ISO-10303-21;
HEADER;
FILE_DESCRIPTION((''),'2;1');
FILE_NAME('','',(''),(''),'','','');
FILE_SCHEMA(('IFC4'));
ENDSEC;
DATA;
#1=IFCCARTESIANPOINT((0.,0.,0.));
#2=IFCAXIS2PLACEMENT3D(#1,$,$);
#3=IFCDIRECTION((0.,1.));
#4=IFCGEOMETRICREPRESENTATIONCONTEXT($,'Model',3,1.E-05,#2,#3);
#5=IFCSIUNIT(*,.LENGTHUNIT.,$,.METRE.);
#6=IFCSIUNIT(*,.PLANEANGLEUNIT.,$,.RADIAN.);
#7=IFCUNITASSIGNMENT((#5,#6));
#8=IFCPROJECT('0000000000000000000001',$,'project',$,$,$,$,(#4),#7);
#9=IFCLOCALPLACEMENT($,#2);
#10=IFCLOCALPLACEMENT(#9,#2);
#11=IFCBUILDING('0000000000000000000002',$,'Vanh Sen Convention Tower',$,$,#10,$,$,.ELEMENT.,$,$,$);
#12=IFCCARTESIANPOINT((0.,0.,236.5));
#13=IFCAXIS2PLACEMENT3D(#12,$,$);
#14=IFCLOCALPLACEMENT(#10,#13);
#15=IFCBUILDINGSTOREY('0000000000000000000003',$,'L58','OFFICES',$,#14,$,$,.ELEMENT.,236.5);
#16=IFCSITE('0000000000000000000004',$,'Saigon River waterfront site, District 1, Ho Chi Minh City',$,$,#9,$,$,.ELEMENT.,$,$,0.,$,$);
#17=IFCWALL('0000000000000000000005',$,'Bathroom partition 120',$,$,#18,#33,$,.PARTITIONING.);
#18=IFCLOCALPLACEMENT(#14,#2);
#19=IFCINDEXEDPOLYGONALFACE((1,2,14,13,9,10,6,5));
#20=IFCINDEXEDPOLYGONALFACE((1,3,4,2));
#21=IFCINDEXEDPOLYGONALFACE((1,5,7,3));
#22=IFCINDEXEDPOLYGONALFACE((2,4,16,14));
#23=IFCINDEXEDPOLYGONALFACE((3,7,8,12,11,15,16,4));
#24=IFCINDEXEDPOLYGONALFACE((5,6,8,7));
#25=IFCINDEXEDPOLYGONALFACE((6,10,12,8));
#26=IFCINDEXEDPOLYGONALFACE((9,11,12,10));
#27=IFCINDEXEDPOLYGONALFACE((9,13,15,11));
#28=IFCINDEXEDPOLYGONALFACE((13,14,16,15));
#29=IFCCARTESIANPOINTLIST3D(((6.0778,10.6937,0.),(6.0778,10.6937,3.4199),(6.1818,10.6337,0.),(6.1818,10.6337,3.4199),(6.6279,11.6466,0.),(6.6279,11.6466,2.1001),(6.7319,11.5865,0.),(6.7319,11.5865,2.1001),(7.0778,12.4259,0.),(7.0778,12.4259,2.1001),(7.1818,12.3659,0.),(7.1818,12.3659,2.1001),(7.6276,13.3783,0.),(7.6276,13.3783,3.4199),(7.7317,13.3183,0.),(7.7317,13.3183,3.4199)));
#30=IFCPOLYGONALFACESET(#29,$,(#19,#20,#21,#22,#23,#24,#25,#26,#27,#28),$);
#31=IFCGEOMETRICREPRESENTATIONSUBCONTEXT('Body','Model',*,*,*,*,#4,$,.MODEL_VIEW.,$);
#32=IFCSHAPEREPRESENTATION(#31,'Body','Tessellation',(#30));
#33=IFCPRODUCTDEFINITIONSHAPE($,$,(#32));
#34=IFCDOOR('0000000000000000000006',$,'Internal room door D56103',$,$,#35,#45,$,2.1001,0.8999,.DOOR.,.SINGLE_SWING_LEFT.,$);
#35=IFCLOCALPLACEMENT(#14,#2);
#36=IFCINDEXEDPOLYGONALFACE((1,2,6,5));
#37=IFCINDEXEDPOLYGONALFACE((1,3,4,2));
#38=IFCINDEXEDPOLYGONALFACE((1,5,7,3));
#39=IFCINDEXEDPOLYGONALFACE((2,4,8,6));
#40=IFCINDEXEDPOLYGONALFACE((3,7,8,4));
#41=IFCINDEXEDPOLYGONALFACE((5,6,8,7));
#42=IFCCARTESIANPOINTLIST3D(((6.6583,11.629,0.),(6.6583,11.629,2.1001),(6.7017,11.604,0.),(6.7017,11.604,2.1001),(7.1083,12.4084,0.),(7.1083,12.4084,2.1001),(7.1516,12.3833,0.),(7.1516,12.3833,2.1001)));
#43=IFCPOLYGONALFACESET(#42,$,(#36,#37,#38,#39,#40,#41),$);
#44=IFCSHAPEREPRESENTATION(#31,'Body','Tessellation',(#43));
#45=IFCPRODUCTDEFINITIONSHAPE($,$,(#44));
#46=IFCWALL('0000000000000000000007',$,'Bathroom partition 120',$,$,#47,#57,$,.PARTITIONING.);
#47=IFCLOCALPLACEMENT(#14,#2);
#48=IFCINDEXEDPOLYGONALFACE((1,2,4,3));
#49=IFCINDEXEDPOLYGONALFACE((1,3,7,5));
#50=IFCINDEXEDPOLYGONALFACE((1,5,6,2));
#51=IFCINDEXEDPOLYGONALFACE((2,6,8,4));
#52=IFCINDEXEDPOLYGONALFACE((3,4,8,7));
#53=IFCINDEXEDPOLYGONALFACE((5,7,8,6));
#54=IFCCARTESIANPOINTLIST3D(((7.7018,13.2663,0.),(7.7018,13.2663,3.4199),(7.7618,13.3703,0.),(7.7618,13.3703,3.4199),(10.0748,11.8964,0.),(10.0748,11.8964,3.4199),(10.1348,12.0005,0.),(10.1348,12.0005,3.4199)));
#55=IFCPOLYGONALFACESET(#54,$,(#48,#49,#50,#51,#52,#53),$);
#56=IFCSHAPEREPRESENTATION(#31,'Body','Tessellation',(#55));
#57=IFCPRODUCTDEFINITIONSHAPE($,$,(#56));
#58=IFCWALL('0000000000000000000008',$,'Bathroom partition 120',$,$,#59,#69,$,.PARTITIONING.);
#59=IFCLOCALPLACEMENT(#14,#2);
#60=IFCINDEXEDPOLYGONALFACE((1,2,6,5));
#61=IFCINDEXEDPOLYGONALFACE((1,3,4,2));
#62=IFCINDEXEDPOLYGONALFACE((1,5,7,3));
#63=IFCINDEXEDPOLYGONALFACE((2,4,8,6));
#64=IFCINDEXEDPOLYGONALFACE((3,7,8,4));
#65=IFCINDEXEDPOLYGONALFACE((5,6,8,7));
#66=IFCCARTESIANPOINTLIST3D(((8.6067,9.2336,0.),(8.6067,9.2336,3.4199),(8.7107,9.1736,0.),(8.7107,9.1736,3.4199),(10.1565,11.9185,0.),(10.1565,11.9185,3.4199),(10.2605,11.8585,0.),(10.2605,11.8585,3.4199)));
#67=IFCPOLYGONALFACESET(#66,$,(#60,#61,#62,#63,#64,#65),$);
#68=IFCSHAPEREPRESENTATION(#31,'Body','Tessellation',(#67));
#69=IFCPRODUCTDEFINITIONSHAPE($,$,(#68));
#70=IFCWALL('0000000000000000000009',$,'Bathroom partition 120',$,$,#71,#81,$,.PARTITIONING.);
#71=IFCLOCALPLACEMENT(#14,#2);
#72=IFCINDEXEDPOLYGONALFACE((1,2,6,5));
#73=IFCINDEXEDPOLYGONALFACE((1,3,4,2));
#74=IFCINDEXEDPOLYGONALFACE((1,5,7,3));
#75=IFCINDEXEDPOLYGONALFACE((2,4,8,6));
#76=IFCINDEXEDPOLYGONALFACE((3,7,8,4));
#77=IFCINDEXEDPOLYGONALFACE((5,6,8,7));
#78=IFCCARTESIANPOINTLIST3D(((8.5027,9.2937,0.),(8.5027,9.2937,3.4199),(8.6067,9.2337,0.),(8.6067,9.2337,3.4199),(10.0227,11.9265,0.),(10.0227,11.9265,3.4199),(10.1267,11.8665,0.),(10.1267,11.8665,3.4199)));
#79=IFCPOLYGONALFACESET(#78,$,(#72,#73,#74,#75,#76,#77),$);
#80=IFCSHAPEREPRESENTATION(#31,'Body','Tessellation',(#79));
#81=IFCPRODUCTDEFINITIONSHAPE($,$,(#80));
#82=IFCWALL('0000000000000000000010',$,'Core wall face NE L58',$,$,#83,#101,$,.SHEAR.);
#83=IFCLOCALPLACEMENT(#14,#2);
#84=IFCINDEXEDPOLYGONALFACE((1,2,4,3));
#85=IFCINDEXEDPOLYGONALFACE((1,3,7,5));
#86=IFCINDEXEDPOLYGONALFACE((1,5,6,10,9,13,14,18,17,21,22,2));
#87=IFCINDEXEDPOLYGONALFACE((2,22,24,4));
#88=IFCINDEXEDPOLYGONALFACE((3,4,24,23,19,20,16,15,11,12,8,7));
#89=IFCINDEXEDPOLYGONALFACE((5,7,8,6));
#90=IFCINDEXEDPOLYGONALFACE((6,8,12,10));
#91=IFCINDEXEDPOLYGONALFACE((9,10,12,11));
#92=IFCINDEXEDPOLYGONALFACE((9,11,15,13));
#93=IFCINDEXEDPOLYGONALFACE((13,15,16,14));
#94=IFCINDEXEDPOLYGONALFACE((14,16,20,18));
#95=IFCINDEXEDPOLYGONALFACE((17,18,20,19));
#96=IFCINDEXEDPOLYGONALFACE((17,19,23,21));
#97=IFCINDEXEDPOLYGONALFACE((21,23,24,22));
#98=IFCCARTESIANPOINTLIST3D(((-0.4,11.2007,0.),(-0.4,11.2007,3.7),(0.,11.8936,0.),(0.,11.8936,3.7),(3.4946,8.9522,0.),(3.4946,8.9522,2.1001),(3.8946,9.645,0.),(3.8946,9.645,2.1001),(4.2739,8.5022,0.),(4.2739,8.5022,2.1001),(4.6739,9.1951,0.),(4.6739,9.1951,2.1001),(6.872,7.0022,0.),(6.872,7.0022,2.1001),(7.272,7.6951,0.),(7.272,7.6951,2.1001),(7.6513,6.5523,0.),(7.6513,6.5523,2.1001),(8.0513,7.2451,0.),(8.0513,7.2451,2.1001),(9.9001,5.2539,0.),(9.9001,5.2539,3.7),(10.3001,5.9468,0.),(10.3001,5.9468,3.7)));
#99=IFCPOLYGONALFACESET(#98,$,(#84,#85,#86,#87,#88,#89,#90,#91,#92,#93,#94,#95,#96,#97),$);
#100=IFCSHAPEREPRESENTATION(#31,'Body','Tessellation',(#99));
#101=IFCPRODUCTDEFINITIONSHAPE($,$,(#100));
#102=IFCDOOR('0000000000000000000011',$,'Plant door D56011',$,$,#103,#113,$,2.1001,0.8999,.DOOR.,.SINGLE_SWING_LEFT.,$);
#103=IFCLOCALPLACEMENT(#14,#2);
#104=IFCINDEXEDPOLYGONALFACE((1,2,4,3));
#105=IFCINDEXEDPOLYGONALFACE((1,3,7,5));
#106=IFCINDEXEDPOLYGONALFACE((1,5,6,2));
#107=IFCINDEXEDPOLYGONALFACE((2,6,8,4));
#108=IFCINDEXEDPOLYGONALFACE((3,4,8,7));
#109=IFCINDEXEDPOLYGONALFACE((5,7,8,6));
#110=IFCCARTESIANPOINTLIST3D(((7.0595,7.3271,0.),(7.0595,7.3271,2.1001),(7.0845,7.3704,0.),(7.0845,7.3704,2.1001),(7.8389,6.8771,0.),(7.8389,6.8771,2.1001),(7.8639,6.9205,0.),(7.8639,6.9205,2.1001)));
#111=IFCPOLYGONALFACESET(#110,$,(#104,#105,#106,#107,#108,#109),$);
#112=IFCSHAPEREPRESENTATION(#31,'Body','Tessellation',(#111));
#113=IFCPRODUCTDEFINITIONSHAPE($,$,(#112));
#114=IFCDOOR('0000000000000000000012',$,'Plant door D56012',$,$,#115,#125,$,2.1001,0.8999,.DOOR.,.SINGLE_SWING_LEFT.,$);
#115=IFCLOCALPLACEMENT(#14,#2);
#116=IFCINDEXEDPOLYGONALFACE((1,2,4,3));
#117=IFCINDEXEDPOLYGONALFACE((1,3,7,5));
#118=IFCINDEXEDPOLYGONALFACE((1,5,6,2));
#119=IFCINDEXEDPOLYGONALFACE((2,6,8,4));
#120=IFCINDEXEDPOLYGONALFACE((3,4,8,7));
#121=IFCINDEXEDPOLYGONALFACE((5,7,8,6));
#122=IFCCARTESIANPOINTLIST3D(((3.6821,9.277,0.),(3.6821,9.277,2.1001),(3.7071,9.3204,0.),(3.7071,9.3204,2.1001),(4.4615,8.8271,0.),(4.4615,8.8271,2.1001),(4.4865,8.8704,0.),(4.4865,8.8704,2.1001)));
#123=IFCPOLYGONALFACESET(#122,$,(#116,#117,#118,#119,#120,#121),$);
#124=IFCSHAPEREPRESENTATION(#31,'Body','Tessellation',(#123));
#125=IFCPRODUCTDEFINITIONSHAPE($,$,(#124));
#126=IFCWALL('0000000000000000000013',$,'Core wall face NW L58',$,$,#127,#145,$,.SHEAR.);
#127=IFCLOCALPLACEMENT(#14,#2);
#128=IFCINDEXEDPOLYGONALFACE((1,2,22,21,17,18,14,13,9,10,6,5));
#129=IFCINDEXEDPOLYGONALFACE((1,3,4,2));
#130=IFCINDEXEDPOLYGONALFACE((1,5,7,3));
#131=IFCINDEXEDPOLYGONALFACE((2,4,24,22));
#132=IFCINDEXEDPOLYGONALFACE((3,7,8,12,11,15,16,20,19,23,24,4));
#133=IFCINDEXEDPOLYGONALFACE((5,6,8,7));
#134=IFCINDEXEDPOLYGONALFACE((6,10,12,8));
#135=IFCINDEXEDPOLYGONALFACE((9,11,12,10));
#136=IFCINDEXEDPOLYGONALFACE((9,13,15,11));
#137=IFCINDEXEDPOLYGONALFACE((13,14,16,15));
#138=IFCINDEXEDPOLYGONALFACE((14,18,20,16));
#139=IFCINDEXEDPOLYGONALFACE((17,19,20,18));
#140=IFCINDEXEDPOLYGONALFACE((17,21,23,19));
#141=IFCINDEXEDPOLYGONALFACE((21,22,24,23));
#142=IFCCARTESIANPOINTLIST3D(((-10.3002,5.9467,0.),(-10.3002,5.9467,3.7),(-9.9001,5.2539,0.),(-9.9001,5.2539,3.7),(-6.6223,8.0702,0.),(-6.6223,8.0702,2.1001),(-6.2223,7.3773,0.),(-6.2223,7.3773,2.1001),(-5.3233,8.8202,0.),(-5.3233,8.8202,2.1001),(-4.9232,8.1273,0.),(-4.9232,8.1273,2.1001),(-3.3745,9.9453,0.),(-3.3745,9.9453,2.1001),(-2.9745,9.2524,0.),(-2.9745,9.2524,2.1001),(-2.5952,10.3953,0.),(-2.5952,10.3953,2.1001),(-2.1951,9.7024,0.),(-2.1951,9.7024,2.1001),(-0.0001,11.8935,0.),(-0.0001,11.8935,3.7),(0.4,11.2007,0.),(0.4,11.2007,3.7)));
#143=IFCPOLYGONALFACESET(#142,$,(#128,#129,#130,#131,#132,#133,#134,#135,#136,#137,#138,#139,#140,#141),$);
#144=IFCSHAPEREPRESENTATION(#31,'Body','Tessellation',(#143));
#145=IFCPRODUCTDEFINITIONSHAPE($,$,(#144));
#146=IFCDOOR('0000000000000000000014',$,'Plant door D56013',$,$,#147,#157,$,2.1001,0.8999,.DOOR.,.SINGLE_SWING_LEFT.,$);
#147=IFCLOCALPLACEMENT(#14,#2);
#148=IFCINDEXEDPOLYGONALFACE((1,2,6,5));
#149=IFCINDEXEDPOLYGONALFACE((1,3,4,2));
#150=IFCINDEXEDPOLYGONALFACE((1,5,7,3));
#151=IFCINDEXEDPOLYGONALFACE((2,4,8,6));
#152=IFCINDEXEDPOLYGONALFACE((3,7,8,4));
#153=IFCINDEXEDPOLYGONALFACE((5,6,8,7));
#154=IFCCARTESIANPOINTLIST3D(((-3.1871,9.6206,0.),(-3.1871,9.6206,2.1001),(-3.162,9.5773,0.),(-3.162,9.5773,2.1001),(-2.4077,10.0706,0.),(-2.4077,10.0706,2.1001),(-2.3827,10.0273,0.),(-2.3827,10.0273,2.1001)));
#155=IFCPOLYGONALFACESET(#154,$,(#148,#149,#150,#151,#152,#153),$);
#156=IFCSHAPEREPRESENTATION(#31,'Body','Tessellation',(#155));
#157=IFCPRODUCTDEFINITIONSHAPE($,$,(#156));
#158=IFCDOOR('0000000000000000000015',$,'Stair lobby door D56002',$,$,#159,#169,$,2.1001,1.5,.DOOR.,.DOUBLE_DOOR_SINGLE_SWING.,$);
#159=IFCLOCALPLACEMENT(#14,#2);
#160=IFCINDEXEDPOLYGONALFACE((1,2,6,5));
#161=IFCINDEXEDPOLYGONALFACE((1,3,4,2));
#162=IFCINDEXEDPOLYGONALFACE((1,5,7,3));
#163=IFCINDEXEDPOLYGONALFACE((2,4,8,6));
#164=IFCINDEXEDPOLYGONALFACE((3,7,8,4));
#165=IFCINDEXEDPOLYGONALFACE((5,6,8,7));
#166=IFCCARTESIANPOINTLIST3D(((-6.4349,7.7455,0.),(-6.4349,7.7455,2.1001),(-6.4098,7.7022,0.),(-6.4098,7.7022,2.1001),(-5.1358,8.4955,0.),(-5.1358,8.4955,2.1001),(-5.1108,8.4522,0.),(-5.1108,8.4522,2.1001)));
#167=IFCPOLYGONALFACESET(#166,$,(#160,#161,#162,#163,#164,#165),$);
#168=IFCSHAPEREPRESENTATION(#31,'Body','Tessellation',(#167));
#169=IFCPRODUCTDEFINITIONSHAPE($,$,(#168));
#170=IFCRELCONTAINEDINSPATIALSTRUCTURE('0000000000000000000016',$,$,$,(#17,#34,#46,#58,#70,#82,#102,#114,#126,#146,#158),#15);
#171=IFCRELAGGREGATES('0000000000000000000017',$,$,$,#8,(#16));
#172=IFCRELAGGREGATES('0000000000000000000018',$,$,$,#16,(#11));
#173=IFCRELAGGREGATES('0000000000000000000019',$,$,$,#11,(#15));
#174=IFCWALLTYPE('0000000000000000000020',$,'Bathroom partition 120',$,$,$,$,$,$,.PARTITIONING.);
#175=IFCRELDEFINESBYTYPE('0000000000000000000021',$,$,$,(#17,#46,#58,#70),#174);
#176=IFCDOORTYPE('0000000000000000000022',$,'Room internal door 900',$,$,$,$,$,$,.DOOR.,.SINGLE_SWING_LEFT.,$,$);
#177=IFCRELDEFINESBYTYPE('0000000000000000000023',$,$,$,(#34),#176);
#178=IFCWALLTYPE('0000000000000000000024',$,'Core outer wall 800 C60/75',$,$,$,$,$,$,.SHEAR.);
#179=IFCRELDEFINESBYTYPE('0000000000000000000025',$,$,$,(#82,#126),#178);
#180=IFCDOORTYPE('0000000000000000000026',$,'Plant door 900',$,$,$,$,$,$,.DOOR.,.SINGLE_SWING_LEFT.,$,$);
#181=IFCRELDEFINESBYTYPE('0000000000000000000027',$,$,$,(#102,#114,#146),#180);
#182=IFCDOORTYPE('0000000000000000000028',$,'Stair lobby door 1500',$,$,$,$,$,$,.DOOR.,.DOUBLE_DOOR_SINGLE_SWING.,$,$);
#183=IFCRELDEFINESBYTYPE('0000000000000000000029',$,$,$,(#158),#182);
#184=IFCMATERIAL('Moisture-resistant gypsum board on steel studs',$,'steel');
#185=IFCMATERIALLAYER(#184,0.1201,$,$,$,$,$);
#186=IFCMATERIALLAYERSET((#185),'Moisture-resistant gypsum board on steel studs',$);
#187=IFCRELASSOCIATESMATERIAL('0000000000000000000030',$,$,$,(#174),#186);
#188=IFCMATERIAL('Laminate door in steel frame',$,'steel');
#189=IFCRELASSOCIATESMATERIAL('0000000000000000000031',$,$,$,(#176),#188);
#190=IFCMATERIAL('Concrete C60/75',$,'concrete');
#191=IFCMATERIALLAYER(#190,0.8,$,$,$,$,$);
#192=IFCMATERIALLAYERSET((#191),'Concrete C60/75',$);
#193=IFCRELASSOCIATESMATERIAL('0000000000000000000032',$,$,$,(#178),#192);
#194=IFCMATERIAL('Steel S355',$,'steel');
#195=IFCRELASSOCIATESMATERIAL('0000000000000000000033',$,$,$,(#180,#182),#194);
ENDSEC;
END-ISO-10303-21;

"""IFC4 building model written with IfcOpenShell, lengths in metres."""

from ifc_helpers import new_model, si_unit, direction, frame, frame_2d, origin, place, context, subcontext, project, spatial, rectangle, extrude, material, layer, layer_set, type_object, element, fill, save


model = new_model("IFC4")

# Units and contexts
model_context = context("Model", 3, precision=1e-05, world=origin(), true_north=direction((0.0, 1.0)))
body_context = subcontext(model_context, "Body", "Model", "MODEL_VIEW")
ifc_project = project(units=[si_unit("LENGTHUNIT", "METRE"), si_unit("PLANEANGLEUNIT", "RADIAN")], contexts=[model_context])

# Site, building, storey
site_placement = place(None, origin())
site = spatial("IfcSite", under=ifc_project, at=site_placement, Name="Saigon River waterfront site, District 1, Ho Chi Minh City", CompositionType="ELEMENT", RefElevation=0.0)
building_placement = place(site_placement, origin())
building = spatial("IfcBuilding", under=site, at=building_placement, Name="Vanh Sen Convention Tower", CompositionType="ELEMENT")
storey_placement = place(building_placement, frame((0.0, 0.0, 236.5)))
storey = spatial("IfcBuildingStorey", under=building, at=storey_placement, Name="L58", Description="OFFICES", CompositionType="ELEMENT", Elevation=236.5)

# Wall, opening, door
ifc_material_1 = material(Name="Moisture-resistant gypsum board on steel studs", Category="steel")
ifc_layer_1 = layer(ifc_material_1, 0.1201)
ifc_layer_set_1 = layer_set([ifc_layer_1], Name="Moisture-resistant gypsum board on steel studs")
wall_type_1 = type_object("IfcWallType", Name="Bathroom partition 120", PredefinedType="PARTITIONING", material=ifc_layer_set_1)
wall_1_placement = place(storey_placement, frame((6.1299, 10.6638, 0.0), z_axis=(0.0, 0.0, 1.0), x_axis=(0.499968, 0.866044, 0.0)))
wall_1 = element("IfcWall", 1, at=wall_1_placement, inside=storey, type_object=wall_type_1, Name="Bathroom partition 120", PredefinedType="PARTITIONING", context=body_context, shape_type="SweptSolid", body=[
    extrude(rectangle(XDim=3.0999, YDim=0.1201, at=frame_2d((1.5498, 0.0))), origin(), (0.0, 0.0, 1.0), 3.4199),
])
opening_1_placement = place(wall_1_placement, frame((1.1001, 0.0, 0.0)))
opening_1 = element("IfcOpeningElement", 2, at=opening_1_placement, cuts=wall_1, PredefinedType="OPENING", context=body_context, shape_type="SweptSolid", body=[
    extrude(rectangle(XDim=0.8999, YDim=2.1001, at=frame_2d((0.45, 1.05))), frame((0.0, 0.0701, 0.0), z_axis=(0.0, -1.0, 0.0), x_axis=(1.0, 0.0, 0.0)), (0.0, 0.0, 1.0), 0.1401),
])
ifc_material_2 = material(Name="Laminate door in steel frame", Category="steel")
door_type_1 = type_object("IfcDoorType", Name="Room internal door 900", OperationType="SINGLE_SWING_LEFT", PredefinedType="DOOR", material=ifc_material_2)
door_1_placement = place(opening_1_placement, origin())
door_1 = element("IfcDoor", 3, at=door_1_placement, inside=storey, type_object=door_type_1, Name="Internal room door D56103", OperationType="SINGLE_SWING_LEFT", OverallHeight=2.1001, OverallWidth=0.8999, PredefinedType="DOOR", context=body_context, shape_type="SweptSolid", body=[
    extrude(rectangle(XDim=0.8999, YDim=2.1001, at=frame_2d((0.45, 1.05))), frame((0.0, 0.0249, 0.0), z_axis=(0.0, -1.0, 0.0), x_axis=(1.0, 0.0, 0.0)), (0.0, 0.0, 1.0), 0.05),
])
fill(opening_1, door_1)

# Walls
wall_2_placement = place(storey_placement, frame((7.7317, 13.3184, 0.0), z_axis=(0.0, 0.0, 1.0), x_axis=(0.866058, -0.499944, 0.0)))
element("IfcWall", 4, at=wall_2_placement, inside=storey, type_object=wall_type_1, Name="Bathroom partition 120", PredefinedType="PARTITIONING", context=body_context, shape_type="SweptSolid", body=[
    extrude(rectangle(XDim=2.74, YDim=0.1201, at=frame_2d((1.3701, 0.0))), origin(), (0.0, 0.0, 1.0), 3.4199),
])
wall_3_placement = place(storey_placement, frame((8.6587, 9.2036, 0.0), z_axis=(0.0, 0.0, 1.0), x_axis=(0.499934, 0.866064, 0.0)))
element("IfcWall", 5, at=wall_3_placement, inside=storey, type_object=wall_type_1, Name="Bathroom partition 120", PredefinedType="PARTITIONING", context=body_context, shape_type="SweptSolid", body=[
    extrude(rectangle(XDim=3.1001, YDim=0.1201, at=frame_2d((1.55, 0.0))), origin(), (0.0, 0.0, 1.0), 3.4199),
])
wall_4_placement = place(storey_placement, frame((10.0747, 11.8965, 0.0), z_axis=(0.0, 0.0, 1.0), x_axis=(-0.499991, -0.86603, 0.0)))
element("IfcWall", 6, at=wall_4_placement, inside=storey, type_object=wall_type_1, Name="Bathroom partition 120", PredefinedType="PARTITIONING", context=body_context, shape_type="SweptSolid", body=[
    extrude(rectangle(XDim=3.04, YDim=0.1201, at=frame_2d((1.52, 0.0))), origin(), (0.0, 0.0, 1.0), 3.4199),
])

# Walls, openings, doors
ifc_material_3 = material(Name="Concrete C60/75", Category="concrete")
ifc_layer_2 = layer(ifc_material_3, 0.8)
ifc_layer_set_2 = layer_set([ifc_layer_2], Name="Concrete C60/75")
wall_type_2 = type_object("IfcWallType", Name="Core outer wall 800 C60/75", PredefinedType="SHEAR", material=ifc_layer_set_2)
wall_5_placement = place(storey_placement, frame((10.1001, 5.6003, 0.0), z_axis=(0.0, 0.0, 1.0), x_axis=(-0.866024, 0.500003, 0.0)))
wall_5 = element("IfcWall", 7, at=wall_5_placement, inside=storey, type_object=wall_type_2, Name="Core wall face NE L58", PredefinedType="SHEAR", context=body_context, shape_type="SweptSolid", body=[
    extrude(rectangle(XDim=11.8936, YDim=0.8, at=frame_2d((5.9468, 0.0))), origin(), (0.0, 0.0, 1.0), 3.7),
])
opening_2_placement = place(wall_5_placement, frame((2.5967, 0.0, 0.0)))
opening_2 = element("IfcOpeningElement", 8, at=opening_2_placement, cuts=wall_5, PredefinedType="OPENING", context=body_context, shape_type="SweptSolid", body=[
    extrude(rectangle(XDim=0.8999, YDim=2.1001, at=frame_2d((0.45, 1.05))), frame((0.0, 0.4099, 0.0), z_axis=(0.0, -1.0, 0.0), x_axis=(1.0, 0.0, 0.0)), (0.0, 0.0, 1.0), 0.8201),
])
opening_3_placement = place(wall_5_placement, frame((6.4966, 0.0, 0.0)))
opening_3 = element("IfcOpeningElement", 9, at=opening_3_placement, cuts=wall_5, PredefinedType="OPENING", context=body_context, shape_type="SweptSolid", body=[
    extrude(rectangle(XDim=0.8999, YDim=2.1001, at=frame_2d((0.45, 1.05))), frame((0.0, 0.4099, 0.0), z_axis=(0.0, -1.0, 0.0), x_axis=(1.0, 0.0, 0.0)), (0.0, 0.0, 1.0), 0.8201),
])
ifc_material_4 = material(Name="Steel S355", Category="steel")
door_type_2 = type_object("IfcDoorType", Name="Plant door 900", OperationType="SINGLE_SWING_LEFT", PredefinedType="DOOR", material=ifc_material_4)
door_2_placement = place(opening_2_placement, origin())
door_2 = element("IfcDoor", 10, at=door_2_placement, inside=storey, type_object=door_type_2, Name="Plant door D56011", OperationType="SINGLE_SWING_LEFT", OverallHeight=2.1001, OverallWidth=0.8999, PredefinedType="DOOR", context=body_context, shape_type="SweptSolid", body=[
    extrude(rectangle(XDim=0.8999, YDim=2.1001, at=frame_2d((0.45, 1.05))), frame((0.0, 0.0249, 0.0), z_axis=(0.0, -1.0, 0.0), x_axis=(1.0, 0.0, 0.0)), (0.0, 0.0, 1.0), 0.05),
])
fill(opening_2, door_2)
door_3_placement = place(opening_3_placement, origin())
door_3 = element("IfcDoor", 11, at=door_3_placement, inside=storey, type_object=door_type_2, Name="Plant door D56012", OperationType="SINGLE_SWING_LEFT", OverallHeight=2.1001, OverallWidth=0.8999, PredefinedType="DOOR", context=body_context, shape_type="SweptSolid", body=[
    extrude(rectangle(XDim=0.8999, YDim=2.1001, at=frame_2d((0.45, 1.05))), frame((0.0, 0.0249, 0.0), z_axis=(0.0, -1.0, 0.0), x_axis=(1.0, 0.0, 0.0)), (0.0, 0.0, 1.0), 0.05),
])
fill(opening_3, door_3)
wall_6_placement = place(storey_placement, frame((0.2, 11.5471, 0.0), z_axis=(0.0, 0.0, 1.0), x_axis=(-0.866024, -0.500003, 0.0)))
wall_6 = element("IfcWall", 12, at=wall_6_placement, inside=storey, type_object=wall_type_2, Name="Core wall face NW L58", PredefinedType="SHEAR", context=body_context, shape_type="SweptSolid", body=[
    extrude(rectangle(XDim=11.8936, YDim=0.8, at=frame_2d((5.9468, 0.0))), origin(), (0.0, 0.0, 1.0), 3.7),
])
opening_4_placement = place(wall_6_placement, frame((6.1467, 0.0, 0.0)))
opening_4 = element("IfcOpeningElement", 13, at=opening_4_placement, cuts=wall_6, PredefinedType="OPENING", context=body_context, shape_type="SweptSolid", body=[
    extrude(rectangle(XDim=1.5, YDim=2.1001, at=frame_2d((0.75, 1.05))), frame((0.0, 0.4099, 0.0), z_axis=(0.0, -1.0, 0.0), x_axis=(1.0, 0.0, 0.0)), (0.0, 0.0, 1.0), 0.8201),
])
opening_5_placement = place(wall_6_placement, frame((2.9966, 0.0, 0.0)))
opening_5 = element("IfcOpeningElement", 14, at=opening_5_placement, cuts=wall_6, PredefinedType="OPENING", context=body_context, shape_type="SweptSolid", body=[
    extrude(rectangle(XDim=0.8999, YDim=2.1001, at=frame_2d((0.45, 1.05))), frame((0.0, 0.4099, 0.0), z_axis=(0.0, -1.0, 0.0), x_axis=(1.0, 0.0, 0.0)), (0.0, 0.0, 1.0), 0.8201),
])
door_4_placement = place(opening_5_placement, origin())
door_4 = element("IfcDoor", 15, at=door_4_placement, inside=storey, type_object=door_type_2, Name="Plant door D56013", OperationType="SINGLE_SWING_LEFT", OverallHeight=2.1001, OverallWidth=0.8999, PredefinedType="DOOR", context=body_context, shape_type="SweptSolid", body=[
    extrude(rectangle(XDim=0.8999, YDim=2.1001, at=frame_2d((0.45, 1.05))), frame((0.0, 0.0249, 0.0), z_axis=(0.0, -1.0, 0.0), x_axis=(1.0, 0.0, 0.0)), (0.0, 0.0, 1.0), 0.05),
])
fill(opening_5, door_4)
door_type_3 = type_object("IfcDoorType", Name="Stair lobby door 1500", OperationType="DOUBLE_DOOR_SINGLE_SWING", PredefinedType="DOOR", material=ifc_material_4)
door_5_placement = place(opening_4_placement, origin())
door_5 = element("IfcDoor", 16, at=door_5_placement, inside=storey, type_object=door_type_3, Name="Stair lobby door D56002", OperationType="DOUBLE_DOOR_SINGLE_SWING", OverallHeight=2.1001, OverallWidth=1.5, PredefinedType="DOOR", context=body_context, shape_type="SweptSolid", body=[
    extrude(rectangle(XDim=1.5, YDim=2.1001, at=frame_2d((0.75, 1.05))), frame((0.0, 0.0249, 0.0), z_axis=(0.0, -1.0, 0.0), x_axis=(1.0, 0.0, 0.0)), (0.0, 0.0, 1.0), 0.05),
])
fill(opening_4, door_5)

save(model, "model.ifc")
